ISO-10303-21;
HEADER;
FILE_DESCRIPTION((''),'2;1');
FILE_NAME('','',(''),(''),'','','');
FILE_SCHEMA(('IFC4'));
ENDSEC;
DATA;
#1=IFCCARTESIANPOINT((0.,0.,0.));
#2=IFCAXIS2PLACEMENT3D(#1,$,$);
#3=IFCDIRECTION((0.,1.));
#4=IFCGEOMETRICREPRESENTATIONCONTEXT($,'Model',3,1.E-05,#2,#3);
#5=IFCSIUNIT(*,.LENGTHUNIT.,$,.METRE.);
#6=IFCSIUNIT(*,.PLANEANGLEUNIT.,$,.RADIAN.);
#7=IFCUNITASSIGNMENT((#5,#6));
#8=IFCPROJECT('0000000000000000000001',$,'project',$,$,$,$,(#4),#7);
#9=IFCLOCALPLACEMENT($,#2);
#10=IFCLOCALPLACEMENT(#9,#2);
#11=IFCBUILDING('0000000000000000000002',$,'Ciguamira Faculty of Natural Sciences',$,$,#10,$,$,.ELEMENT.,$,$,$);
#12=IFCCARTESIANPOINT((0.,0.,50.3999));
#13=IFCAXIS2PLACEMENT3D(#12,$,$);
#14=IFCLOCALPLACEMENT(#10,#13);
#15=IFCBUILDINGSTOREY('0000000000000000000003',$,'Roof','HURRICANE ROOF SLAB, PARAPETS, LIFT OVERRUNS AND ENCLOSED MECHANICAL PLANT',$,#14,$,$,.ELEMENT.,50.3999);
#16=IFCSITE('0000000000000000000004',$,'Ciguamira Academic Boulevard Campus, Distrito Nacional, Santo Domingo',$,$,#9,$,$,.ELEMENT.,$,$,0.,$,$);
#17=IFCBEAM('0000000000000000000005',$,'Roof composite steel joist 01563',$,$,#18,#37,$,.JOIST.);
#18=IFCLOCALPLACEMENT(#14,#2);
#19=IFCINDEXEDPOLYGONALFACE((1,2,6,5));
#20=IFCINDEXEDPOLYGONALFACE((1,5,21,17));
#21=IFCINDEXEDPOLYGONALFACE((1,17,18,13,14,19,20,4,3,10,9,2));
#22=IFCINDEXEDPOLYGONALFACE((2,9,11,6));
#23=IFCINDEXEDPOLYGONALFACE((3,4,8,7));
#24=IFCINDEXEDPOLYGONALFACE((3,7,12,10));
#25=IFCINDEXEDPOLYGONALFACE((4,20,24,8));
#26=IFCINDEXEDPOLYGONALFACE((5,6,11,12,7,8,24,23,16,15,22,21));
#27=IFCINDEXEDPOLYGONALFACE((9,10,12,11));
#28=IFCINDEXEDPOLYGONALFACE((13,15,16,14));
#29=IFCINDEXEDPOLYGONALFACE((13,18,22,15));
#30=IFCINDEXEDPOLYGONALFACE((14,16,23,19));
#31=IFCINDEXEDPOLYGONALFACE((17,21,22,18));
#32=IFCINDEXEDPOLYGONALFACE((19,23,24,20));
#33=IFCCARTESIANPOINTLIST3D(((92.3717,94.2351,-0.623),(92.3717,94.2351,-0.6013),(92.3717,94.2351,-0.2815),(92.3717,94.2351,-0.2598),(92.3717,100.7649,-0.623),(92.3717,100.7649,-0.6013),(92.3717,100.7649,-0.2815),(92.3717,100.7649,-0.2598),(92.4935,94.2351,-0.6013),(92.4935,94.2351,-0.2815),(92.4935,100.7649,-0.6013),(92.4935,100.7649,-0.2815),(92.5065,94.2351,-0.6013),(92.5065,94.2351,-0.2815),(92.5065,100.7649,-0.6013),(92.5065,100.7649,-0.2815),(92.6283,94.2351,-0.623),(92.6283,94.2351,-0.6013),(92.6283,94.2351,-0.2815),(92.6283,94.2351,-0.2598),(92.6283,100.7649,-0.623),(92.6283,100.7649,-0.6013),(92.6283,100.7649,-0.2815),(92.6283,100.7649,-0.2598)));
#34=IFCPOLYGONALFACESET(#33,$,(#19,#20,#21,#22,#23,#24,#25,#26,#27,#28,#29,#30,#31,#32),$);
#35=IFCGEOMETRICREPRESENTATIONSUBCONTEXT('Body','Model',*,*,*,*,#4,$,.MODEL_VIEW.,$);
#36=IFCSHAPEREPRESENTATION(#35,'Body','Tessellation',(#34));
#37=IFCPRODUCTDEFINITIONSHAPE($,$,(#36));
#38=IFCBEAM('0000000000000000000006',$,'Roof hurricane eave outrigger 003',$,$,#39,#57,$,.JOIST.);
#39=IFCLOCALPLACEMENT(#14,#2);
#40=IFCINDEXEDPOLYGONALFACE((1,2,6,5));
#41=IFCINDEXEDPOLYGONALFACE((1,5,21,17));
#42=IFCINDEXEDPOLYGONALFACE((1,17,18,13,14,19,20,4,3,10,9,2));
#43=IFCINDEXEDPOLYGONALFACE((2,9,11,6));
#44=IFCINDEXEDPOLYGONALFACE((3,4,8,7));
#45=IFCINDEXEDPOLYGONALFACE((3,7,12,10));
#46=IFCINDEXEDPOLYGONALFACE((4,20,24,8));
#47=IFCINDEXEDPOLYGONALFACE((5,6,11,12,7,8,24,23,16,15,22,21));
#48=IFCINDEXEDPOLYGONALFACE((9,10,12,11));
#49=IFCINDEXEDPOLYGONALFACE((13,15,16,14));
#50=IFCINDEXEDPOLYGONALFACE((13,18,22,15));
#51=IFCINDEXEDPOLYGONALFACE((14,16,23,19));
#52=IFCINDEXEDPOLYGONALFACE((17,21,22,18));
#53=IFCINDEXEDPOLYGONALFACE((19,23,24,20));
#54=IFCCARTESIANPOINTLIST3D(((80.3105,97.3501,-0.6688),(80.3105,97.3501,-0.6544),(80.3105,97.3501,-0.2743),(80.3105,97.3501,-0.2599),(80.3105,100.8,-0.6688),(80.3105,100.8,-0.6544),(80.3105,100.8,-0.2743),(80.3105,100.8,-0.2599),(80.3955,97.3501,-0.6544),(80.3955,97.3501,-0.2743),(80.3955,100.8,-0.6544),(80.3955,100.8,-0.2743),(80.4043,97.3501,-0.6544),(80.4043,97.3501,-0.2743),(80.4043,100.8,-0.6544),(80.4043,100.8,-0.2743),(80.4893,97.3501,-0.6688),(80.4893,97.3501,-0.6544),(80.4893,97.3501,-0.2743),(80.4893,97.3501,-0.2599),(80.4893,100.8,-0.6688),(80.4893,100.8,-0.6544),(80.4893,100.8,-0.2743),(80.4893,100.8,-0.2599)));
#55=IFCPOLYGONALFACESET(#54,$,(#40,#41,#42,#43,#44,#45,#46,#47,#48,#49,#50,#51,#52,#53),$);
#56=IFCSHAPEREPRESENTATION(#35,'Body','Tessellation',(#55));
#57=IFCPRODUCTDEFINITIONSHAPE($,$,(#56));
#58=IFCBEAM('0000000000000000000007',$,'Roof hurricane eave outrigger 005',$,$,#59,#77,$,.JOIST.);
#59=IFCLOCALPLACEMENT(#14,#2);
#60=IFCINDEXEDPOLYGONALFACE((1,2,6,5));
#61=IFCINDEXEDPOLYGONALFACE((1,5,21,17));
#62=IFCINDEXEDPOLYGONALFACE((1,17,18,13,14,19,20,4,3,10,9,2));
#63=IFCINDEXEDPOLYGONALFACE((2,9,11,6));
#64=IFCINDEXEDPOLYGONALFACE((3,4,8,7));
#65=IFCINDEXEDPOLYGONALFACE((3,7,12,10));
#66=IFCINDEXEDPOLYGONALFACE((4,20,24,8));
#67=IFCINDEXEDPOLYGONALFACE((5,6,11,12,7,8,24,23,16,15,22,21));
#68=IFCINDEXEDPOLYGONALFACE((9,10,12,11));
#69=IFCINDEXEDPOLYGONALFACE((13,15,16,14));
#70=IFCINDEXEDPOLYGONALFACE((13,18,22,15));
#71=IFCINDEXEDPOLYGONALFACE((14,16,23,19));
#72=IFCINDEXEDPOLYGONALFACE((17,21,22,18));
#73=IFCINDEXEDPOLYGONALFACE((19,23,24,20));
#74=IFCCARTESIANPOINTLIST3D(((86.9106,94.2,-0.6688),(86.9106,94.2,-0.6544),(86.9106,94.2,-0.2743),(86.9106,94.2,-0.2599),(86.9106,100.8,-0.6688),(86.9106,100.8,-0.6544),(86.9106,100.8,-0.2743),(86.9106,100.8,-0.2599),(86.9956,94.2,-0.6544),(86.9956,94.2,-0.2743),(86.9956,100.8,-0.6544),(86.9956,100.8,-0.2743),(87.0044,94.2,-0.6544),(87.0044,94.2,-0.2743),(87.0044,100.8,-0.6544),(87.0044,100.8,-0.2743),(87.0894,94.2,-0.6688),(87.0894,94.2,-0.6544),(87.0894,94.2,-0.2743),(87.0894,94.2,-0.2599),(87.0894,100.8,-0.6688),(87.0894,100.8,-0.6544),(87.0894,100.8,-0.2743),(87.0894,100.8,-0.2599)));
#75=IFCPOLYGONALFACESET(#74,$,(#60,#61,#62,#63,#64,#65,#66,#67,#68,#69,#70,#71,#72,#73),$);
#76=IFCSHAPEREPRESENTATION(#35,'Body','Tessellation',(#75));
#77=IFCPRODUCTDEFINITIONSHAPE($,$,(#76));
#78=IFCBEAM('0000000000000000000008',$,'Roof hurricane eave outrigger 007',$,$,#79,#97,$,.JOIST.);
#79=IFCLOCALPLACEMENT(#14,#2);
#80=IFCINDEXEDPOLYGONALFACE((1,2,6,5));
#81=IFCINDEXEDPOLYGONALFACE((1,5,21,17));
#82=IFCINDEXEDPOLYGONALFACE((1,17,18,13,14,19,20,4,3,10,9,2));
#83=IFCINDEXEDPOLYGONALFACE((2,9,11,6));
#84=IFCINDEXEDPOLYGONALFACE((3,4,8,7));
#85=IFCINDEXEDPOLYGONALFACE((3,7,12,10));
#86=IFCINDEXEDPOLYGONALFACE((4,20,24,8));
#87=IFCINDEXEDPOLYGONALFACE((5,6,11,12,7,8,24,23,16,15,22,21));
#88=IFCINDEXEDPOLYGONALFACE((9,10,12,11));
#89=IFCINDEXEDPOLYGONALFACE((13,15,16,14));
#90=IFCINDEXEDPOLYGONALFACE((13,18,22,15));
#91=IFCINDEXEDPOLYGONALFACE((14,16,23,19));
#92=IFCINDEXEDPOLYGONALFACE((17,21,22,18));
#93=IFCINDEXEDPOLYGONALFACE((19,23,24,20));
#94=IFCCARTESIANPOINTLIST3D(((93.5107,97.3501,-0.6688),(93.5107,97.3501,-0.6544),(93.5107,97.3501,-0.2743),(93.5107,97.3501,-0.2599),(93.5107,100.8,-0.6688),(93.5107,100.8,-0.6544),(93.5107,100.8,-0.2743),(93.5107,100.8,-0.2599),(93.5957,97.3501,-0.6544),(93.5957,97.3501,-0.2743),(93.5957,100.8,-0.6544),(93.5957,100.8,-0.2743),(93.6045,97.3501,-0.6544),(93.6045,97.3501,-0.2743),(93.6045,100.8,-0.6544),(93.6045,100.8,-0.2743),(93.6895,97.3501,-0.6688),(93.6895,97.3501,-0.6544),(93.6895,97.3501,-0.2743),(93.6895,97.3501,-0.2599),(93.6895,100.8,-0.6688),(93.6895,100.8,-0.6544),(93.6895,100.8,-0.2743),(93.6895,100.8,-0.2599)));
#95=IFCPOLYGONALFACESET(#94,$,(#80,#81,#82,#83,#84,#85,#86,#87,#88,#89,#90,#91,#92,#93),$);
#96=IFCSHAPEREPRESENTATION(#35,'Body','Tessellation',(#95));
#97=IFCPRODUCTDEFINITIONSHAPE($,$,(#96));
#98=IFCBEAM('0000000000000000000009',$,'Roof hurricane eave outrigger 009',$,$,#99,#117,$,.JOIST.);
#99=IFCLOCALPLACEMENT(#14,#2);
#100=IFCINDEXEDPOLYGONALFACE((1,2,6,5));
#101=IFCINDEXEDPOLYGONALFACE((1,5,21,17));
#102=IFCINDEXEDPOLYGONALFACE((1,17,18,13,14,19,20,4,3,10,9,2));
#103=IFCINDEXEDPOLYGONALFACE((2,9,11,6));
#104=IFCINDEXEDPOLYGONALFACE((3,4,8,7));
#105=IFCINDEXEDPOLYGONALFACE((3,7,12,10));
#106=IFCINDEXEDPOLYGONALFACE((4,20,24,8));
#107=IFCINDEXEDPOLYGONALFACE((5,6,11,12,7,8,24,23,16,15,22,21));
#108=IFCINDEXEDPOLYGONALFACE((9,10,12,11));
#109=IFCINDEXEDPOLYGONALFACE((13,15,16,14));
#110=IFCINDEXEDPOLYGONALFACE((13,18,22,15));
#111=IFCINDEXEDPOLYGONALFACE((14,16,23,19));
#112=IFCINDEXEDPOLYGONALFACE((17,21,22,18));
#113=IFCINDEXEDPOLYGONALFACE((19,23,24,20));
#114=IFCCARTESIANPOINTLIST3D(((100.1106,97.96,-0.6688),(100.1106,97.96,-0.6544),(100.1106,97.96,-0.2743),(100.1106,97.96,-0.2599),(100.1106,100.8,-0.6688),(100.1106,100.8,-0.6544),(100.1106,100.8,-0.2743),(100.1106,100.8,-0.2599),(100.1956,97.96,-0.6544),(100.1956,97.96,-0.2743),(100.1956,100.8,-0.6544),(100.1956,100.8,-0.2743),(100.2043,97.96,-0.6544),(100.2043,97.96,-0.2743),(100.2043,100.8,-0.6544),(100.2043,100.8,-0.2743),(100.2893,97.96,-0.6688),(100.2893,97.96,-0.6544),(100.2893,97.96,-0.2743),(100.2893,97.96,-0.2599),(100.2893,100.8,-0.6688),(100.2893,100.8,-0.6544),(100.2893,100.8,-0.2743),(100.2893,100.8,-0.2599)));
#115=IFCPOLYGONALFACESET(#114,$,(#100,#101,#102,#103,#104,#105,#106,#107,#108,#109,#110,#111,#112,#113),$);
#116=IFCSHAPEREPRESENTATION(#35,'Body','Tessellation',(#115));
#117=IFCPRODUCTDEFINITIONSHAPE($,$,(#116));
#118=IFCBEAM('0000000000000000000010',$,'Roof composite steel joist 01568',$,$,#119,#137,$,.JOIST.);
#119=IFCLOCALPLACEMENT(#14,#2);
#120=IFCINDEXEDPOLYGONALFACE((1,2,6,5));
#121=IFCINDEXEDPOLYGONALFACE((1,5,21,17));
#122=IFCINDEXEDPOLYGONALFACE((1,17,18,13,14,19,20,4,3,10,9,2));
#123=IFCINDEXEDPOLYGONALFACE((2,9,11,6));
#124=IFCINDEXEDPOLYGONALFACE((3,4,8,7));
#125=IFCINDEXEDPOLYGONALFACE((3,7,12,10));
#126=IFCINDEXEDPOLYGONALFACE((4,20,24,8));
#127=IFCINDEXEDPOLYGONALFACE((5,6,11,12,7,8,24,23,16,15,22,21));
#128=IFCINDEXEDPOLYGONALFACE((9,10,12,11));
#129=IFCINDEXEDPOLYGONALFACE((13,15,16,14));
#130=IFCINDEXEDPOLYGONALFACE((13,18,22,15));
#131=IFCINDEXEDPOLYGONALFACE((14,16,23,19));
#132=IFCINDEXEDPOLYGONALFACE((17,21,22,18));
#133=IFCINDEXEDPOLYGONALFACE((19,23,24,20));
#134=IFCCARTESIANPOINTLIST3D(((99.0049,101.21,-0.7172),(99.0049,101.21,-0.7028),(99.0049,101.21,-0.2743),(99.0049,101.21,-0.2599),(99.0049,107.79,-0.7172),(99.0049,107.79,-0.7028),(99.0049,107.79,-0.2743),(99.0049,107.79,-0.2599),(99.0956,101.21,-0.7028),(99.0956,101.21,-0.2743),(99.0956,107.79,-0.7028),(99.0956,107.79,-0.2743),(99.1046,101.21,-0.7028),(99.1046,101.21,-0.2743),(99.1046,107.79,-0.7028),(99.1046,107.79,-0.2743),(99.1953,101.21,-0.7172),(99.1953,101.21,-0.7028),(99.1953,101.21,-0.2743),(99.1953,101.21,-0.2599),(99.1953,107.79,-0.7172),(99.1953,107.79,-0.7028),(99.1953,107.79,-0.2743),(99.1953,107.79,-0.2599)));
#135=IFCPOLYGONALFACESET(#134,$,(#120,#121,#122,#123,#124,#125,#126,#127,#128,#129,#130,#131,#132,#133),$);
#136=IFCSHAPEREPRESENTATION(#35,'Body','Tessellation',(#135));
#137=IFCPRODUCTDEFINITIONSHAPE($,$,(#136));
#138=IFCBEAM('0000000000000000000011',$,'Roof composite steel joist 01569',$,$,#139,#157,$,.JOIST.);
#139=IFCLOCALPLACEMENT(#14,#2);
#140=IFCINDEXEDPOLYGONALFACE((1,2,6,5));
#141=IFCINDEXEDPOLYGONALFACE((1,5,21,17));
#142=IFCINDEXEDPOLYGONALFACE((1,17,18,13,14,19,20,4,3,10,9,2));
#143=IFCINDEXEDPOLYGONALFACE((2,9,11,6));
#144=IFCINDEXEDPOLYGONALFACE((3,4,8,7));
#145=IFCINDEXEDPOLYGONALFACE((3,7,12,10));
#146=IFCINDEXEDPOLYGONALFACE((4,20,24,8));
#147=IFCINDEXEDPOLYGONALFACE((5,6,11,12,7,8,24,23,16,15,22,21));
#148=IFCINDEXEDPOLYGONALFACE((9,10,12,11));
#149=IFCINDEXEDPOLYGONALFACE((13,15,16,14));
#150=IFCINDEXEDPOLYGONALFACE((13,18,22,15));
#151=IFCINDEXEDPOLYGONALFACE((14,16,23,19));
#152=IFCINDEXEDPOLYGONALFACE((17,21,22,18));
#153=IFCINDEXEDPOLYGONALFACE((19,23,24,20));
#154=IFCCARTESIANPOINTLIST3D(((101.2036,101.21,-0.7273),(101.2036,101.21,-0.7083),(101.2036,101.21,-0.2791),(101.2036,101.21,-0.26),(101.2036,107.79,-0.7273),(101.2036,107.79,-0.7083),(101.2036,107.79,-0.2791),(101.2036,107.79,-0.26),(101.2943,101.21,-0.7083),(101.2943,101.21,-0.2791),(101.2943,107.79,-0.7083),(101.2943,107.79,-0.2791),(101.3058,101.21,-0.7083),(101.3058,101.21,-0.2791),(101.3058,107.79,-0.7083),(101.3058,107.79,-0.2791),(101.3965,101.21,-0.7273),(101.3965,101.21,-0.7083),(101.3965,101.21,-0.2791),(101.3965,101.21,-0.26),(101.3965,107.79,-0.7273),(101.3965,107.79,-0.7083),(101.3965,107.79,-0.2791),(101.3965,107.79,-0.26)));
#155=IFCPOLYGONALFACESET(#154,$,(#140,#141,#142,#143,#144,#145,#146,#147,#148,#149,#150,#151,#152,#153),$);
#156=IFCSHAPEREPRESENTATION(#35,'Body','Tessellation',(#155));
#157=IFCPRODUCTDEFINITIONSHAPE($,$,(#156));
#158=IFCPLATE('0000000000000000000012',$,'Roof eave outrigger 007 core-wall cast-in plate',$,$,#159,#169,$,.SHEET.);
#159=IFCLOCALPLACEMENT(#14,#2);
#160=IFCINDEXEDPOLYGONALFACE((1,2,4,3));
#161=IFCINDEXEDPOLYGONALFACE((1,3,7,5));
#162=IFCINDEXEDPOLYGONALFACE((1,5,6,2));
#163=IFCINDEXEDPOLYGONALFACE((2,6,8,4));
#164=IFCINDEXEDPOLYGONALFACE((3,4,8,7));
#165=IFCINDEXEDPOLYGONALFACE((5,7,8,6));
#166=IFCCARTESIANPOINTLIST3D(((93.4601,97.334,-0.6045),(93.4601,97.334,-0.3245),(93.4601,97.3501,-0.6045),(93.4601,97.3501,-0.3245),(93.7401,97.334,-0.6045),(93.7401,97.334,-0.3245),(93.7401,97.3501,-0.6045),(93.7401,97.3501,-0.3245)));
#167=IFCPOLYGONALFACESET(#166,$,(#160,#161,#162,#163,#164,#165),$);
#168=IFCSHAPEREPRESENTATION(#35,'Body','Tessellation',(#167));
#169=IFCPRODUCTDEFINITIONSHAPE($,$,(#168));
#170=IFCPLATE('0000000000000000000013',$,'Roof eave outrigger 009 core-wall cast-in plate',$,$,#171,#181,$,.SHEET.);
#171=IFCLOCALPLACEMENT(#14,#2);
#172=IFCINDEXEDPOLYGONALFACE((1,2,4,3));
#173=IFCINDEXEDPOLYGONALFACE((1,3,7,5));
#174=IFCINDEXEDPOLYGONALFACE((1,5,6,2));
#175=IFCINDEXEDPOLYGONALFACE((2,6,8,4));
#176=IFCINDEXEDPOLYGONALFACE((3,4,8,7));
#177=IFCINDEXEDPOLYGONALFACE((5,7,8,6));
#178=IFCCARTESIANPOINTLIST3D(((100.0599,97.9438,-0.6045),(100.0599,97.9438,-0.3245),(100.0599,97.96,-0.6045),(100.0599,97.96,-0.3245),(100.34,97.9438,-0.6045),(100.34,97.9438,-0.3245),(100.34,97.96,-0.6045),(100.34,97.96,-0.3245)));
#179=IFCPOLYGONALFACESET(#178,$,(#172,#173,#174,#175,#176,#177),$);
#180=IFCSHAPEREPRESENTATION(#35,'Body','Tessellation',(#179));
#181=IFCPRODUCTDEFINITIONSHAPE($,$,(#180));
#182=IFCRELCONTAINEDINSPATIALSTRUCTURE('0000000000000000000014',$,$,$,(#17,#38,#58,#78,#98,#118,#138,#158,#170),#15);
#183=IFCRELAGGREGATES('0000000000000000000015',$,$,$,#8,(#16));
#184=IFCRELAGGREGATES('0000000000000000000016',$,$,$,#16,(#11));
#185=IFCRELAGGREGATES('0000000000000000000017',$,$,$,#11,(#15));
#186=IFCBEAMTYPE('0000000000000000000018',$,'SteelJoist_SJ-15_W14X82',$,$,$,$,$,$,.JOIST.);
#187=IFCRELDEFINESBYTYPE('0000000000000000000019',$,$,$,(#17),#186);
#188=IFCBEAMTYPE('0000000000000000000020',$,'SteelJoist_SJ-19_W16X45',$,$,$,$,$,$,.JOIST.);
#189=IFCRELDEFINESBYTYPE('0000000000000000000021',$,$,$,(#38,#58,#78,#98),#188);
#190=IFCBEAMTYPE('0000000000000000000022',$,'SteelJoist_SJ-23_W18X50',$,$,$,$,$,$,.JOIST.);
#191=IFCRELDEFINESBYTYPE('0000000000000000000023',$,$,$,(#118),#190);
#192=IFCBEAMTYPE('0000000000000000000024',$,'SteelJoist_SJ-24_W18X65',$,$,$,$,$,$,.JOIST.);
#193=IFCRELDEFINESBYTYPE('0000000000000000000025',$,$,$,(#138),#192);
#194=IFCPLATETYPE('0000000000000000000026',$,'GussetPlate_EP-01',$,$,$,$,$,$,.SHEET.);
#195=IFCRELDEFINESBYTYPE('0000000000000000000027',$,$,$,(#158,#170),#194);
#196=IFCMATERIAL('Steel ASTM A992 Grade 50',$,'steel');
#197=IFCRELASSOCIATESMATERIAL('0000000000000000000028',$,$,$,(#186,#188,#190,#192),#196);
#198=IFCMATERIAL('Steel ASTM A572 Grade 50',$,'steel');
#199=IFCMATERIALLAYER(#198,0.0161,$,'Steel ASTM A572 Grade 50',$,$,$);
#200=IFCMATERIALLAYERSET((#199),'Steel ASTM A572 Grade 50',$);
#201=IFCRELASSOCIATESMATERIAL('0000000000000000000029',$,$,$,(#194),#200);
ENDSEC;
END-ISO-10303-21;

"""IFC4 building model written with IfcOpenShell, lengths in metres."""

from ifc_helpers import new_model, si_unit, direction, frame, origin, origin_2d, place, context, subcontext, project, spatial, rectangle, i_section, extrude, material, layer, layer_set, material_profile, profile_set, type_object, element, save


model = new_model("IFC4")

# Units and contexts
model_context = context("Model", 3, precision=1e-05, world=origin(), true_north=direction((0.0, 1.0)))
body_context = subcontext(model_context, "Body", "Model", "MODEL_VIEW")
ifc_project = project(units=[si_unit("LENGTHUNIT", "METRE"), si_unit("PLANEANGLEUNIT", "RADIAN")], contexts=[model_context])

# Site, building, storey
site_placement = place(None, origin())
site = spatial("IfcSite", under=ifc_project, at=site_placement, Name="Ciguamira Academic Boulevard Campus, Distrito Nacional, Santo Domingo", CompositionType="ELEMENT", RefElevation=0.0)
building_placement = place(site_placement, origin())
building = spatial("IfcBuilding", under=site, at=building_placement, Name="Ciguamira Faculty of Natural Sciences", CompositionType="ELEMENT")
storey_placement = place(building_placement, frame((0.0, 0.0, 50.3999)))
storey = spatial("IfcBuildingStorey", under=building, at=storey_placement, Name="Roof", Description="HURRICANE ROOF SLAB, PARAPETS, LIFT OVERRUNS AND ENCLOSED MECHANICAL PLANT", CompositionType="ELEMENT", Elevation=50.3999)

# Beams
ifc_material_1 = material(Name="Steel ASTM A992 Grade 50", Category="steel")
ifc_material_profile_1 = material_profile(ifc_material_1, i_section(OverallWidth=0.2566, OverallDepth=0.3633, WebThickness=0.0129, FlangeThickness=0.0217, at=origin_2d()), Name="W14X82")
ifc_profile_set_1 = profile_set([ifc_material_profile_1], Name="Steel ASTM A992 Grade 50")
beam_type_1 = type_object("IfcBeamType", Name="SteelJoist_SJ-15_W14X82", PredefinedType="JOIST", material=ifc_profile_set_1)
beam_1_placement = place(storey_placement, frame((92.5, 94.2351, -0.4414), z_axis=(0.0, 1.0, 0.0), x_axis=(-1.0, 0.0, 0.0)))
element("IfcBeam", 1, at=beam_1_placement, inside=storey, type_object=beam_type_1, Name="Roof composite steel joist 01563", PredefinedType="JOIST", context=body_context, shape_type="SweptSolid", body=[
    extrude(i_section(OverallWidth=0.2566, OverallDepth=0.3633, WebThickness=0.0129, FlangeThickness=0.0217, at=origin_2d()), origin(), (0.0, 0.0, 1.0), 6.5298),
])
ifc_material_profile_2 = material_profile(ifc_material_1, i_section(OverallWidth=0.1787, OverallDepth=0.4089, WebThickness=0.0088, FlangeThickness=0.0144, at=origin_2d()), Name="W16X45")
ifc_profile_set_2 = profile_set([ifc_material_profile_2], Name="Steel ASTM A992 Grade 50")
beam_type_2 = type_object("IfcBeamType", Name="SteelJoist_SJ-19_W16X45", PredefinedType="JOIST", material=ifc_profile_set_2)
beam_2_placement = place(storey_placement, frame((80.3999, 97.3501, -0.4644), z_axis=(0.0, 1.0, 0.0), x_axis=(-1.0, 0.0, 0.0)))
element("IfcBeam", 2, at=beam_2_placement, inside=storey, type_object=beam_type_2, Name="Roof hurricane eave outrigger 003", PredefinedType="JOIST", context=body_context, shape_type="SweptSolid", body=[
    extrude(i_section(OverallWidth=0.1787, OverallDepth=0.4089, WebThickness=0.0088, FlangeThickness=0.0144, at=origin_2d()), origin(), (0.0, 0.0, 1.0), 3.45),
])
beam_3_placement = place(storey_placement, frame((87.0, 94.2, -0.4644), z_axis=(0.0, 1.0, 0.0), x_axis=(-1.0, 0.0, 0.0)))
element("IfcBeam", 3, at=beam_3_placement, inside=storey, type_object=beam_type_2, Name="Roof hurricane eave outrigger 005", PredefinedType="JOIST", context=body_context, shape_type="SweptSolid", body=[
    extrude(i_section(OverallWidth=0.1787, OverallDepth=0.4089, WebThickness=0.0088, FlangeThickness=0.0144, at=origin_2d()), origin(), (0.0, 0.0, 1.0), 6.6001),
])
beam_4_placement = place(storey_placement, frame((93.6001, 97.3501, -0.4644), z_axis=(0.0, 1.0, 0.0), x_axis=(-1.0, 0.0, 0.0)))
element("IfcBeam", 4, at=beam_4_placement, inside=storey, type_object=beam_type_2, Name="Roof hurricane eave outrigger 007", PredefinedType="JOIST", context=body_context, shape_type="SweptSolid", body=[
    extrude(i_section(OverallWidth=0.1787, OverallDepth=0.4089, WebThickness=0.0088, FlangeThickness=0.0144, at=origin_2d()), origin(), (0.0, 0.0, 1.0), 3.45),
])
beam_5_placement = place(storey_placement, frame((100.2, 97.96, -0.4644), z_axis=(0.0, 1.0, 0.0), x_axis=(-1.0, 0.0, 0.0)))
element("IfcBeam", 5, at=beam_5_placement, inside=storey, type_object=beam_type_2, Name="Roof hurricane eave outrigger 009", PredefinedType="JOIST", context=body_context, shape_type="SweptSolid", body=[
    extrude(i_section(OverallWidth=0.1787, OverallDepth=0.4089, WebThickness=0.0088, FlangeThickness=0.0144, at=origin_2d()), origin(), (0.0, 0.0, 1.0), 2.8401),
])
ifc_material_profile_3 = material_profile(ifc_material_1, i_section(OverallWidth=0.1904, OverallDepth=0.4573, WebThickness=0.009, FlangeThickness=0.0144, at=origin_2d()), Name="W18X50")
ifc_profile_set_3 = profile_set([ifc_material_profile_3], Name="Steel ASTM A992 Grade 50")
beam_type_3 = type_object("IfcBeamType", Name="SteelJoist_SJ-23_W18X50", PredefinedType="JOIST", material=ifc_profile_set_3)
beam_6_placement = place(storey_placement, frame((99.1001, 101.21, -0.4885), z_axis=(0.0, 1.0, 0.0), x_axis=(-1.0, 0.0, 0.0)))
element("IfcBeam", 6, at=beam_6_placement, inside=storey, type_object=beam_type_3, Name="Roof composite steel joist 01568", PredefinedType="JOIST", context=body_context, shape_type="SweptSolid", body=[
    extrude(i_section(OverallWidth=0.1904, OverallDepth=0.4573, WebThickness=0.009, FlangeThickness=0.0144, at=origin_2d()), origin(), (0.0, 0.0, 1.0), 6.5801),
])
ifc_material_profile_4 = material_profile(ifc_material_1, i_section(OverallWidth=0.1929, OverallDepth=0.4673, WebThickness=0.0115, FlangeThickness=0.019, at=origin_2d()), Name="W18X65")
ifc_profile_set_4 = profile_set([ifc_material_profile_4], Name="Steel ASTM A992 Grade 50")
beam_type_4 = type_object("IfcBeamType", Name="SteelJoist_SJ-24_W18X65", PredefinedType="JOIST", material=ifc_profile_set_4)
beam_7_placement = place(storey_placement, frame((101.3, 101.21, -0.4937), z_axis=(0.0, 1.0, 0.0), x_axis=(-1.0, 0.0, 0.0)))
element("IfcBeam", 7, at=beam_7_placement, inside=storey, type_object=beam_type_4, Name="Roof composite steel joist 01569", PredefinedType="JOIST", context=body_context, shape_type="SweptSolid", body=[
    extrude(i_section(OverallWidth=0.1929, OverallDepth=0.4673, WebThickness=0.0115, FlangeThickness=0.019, at=origin_2d()), origin(), (0.0, 0.0, 1.0), 6.5801),
])

# Plates
ifc_material_2 = material(Name="Steel ASTM A572 Grade 50", Category="steel")
ifc_layer_1 = layer(ifc_material_2, 0.0161, Name="Steel ASTM A572 Grade 50")
ifc_layer_set_1 = layer_set([ifc_layer_1], Name="Steel ASTM A572 Grade 50")
plate_type = type_object("IfcPlateType", Name="GussetPlate_EP-01", PredefinedType="SHEET", material=ifc_layer_set_1)
for number, where, z_axis, x_axis, name in (
    (8, (93.6001, 97.342, -0.6045), (0.0, 0.0, 1.0), (1.0, 0.0, 0.0), "Roof eave outrigger 007 core-wall cast-in plate"),
    (9, (100.2, 97.9519, -0.6045), (0.0, 0.0, 1.0), (1.0, 0.0, 0.0), "Roof eave outrigger 009 core-wall cast-in plate"),
):
    element("IfcPlate", number, at=place(storey_placement, frame(where, z_axis=z_axis, x_axis=x_axis)), inside=storey, type_object=plate_type, Name=name, PredefinedType="SHEET", context=body_context, shape_type="SweptSolid", body=[
        extrude(rectangle(XDim=0.28, YDim=0.0161, at=origin_2d()), origin(), (0.0, 0.0, 1.0), 0.28),
    ])

save(model, "model.ifc")
